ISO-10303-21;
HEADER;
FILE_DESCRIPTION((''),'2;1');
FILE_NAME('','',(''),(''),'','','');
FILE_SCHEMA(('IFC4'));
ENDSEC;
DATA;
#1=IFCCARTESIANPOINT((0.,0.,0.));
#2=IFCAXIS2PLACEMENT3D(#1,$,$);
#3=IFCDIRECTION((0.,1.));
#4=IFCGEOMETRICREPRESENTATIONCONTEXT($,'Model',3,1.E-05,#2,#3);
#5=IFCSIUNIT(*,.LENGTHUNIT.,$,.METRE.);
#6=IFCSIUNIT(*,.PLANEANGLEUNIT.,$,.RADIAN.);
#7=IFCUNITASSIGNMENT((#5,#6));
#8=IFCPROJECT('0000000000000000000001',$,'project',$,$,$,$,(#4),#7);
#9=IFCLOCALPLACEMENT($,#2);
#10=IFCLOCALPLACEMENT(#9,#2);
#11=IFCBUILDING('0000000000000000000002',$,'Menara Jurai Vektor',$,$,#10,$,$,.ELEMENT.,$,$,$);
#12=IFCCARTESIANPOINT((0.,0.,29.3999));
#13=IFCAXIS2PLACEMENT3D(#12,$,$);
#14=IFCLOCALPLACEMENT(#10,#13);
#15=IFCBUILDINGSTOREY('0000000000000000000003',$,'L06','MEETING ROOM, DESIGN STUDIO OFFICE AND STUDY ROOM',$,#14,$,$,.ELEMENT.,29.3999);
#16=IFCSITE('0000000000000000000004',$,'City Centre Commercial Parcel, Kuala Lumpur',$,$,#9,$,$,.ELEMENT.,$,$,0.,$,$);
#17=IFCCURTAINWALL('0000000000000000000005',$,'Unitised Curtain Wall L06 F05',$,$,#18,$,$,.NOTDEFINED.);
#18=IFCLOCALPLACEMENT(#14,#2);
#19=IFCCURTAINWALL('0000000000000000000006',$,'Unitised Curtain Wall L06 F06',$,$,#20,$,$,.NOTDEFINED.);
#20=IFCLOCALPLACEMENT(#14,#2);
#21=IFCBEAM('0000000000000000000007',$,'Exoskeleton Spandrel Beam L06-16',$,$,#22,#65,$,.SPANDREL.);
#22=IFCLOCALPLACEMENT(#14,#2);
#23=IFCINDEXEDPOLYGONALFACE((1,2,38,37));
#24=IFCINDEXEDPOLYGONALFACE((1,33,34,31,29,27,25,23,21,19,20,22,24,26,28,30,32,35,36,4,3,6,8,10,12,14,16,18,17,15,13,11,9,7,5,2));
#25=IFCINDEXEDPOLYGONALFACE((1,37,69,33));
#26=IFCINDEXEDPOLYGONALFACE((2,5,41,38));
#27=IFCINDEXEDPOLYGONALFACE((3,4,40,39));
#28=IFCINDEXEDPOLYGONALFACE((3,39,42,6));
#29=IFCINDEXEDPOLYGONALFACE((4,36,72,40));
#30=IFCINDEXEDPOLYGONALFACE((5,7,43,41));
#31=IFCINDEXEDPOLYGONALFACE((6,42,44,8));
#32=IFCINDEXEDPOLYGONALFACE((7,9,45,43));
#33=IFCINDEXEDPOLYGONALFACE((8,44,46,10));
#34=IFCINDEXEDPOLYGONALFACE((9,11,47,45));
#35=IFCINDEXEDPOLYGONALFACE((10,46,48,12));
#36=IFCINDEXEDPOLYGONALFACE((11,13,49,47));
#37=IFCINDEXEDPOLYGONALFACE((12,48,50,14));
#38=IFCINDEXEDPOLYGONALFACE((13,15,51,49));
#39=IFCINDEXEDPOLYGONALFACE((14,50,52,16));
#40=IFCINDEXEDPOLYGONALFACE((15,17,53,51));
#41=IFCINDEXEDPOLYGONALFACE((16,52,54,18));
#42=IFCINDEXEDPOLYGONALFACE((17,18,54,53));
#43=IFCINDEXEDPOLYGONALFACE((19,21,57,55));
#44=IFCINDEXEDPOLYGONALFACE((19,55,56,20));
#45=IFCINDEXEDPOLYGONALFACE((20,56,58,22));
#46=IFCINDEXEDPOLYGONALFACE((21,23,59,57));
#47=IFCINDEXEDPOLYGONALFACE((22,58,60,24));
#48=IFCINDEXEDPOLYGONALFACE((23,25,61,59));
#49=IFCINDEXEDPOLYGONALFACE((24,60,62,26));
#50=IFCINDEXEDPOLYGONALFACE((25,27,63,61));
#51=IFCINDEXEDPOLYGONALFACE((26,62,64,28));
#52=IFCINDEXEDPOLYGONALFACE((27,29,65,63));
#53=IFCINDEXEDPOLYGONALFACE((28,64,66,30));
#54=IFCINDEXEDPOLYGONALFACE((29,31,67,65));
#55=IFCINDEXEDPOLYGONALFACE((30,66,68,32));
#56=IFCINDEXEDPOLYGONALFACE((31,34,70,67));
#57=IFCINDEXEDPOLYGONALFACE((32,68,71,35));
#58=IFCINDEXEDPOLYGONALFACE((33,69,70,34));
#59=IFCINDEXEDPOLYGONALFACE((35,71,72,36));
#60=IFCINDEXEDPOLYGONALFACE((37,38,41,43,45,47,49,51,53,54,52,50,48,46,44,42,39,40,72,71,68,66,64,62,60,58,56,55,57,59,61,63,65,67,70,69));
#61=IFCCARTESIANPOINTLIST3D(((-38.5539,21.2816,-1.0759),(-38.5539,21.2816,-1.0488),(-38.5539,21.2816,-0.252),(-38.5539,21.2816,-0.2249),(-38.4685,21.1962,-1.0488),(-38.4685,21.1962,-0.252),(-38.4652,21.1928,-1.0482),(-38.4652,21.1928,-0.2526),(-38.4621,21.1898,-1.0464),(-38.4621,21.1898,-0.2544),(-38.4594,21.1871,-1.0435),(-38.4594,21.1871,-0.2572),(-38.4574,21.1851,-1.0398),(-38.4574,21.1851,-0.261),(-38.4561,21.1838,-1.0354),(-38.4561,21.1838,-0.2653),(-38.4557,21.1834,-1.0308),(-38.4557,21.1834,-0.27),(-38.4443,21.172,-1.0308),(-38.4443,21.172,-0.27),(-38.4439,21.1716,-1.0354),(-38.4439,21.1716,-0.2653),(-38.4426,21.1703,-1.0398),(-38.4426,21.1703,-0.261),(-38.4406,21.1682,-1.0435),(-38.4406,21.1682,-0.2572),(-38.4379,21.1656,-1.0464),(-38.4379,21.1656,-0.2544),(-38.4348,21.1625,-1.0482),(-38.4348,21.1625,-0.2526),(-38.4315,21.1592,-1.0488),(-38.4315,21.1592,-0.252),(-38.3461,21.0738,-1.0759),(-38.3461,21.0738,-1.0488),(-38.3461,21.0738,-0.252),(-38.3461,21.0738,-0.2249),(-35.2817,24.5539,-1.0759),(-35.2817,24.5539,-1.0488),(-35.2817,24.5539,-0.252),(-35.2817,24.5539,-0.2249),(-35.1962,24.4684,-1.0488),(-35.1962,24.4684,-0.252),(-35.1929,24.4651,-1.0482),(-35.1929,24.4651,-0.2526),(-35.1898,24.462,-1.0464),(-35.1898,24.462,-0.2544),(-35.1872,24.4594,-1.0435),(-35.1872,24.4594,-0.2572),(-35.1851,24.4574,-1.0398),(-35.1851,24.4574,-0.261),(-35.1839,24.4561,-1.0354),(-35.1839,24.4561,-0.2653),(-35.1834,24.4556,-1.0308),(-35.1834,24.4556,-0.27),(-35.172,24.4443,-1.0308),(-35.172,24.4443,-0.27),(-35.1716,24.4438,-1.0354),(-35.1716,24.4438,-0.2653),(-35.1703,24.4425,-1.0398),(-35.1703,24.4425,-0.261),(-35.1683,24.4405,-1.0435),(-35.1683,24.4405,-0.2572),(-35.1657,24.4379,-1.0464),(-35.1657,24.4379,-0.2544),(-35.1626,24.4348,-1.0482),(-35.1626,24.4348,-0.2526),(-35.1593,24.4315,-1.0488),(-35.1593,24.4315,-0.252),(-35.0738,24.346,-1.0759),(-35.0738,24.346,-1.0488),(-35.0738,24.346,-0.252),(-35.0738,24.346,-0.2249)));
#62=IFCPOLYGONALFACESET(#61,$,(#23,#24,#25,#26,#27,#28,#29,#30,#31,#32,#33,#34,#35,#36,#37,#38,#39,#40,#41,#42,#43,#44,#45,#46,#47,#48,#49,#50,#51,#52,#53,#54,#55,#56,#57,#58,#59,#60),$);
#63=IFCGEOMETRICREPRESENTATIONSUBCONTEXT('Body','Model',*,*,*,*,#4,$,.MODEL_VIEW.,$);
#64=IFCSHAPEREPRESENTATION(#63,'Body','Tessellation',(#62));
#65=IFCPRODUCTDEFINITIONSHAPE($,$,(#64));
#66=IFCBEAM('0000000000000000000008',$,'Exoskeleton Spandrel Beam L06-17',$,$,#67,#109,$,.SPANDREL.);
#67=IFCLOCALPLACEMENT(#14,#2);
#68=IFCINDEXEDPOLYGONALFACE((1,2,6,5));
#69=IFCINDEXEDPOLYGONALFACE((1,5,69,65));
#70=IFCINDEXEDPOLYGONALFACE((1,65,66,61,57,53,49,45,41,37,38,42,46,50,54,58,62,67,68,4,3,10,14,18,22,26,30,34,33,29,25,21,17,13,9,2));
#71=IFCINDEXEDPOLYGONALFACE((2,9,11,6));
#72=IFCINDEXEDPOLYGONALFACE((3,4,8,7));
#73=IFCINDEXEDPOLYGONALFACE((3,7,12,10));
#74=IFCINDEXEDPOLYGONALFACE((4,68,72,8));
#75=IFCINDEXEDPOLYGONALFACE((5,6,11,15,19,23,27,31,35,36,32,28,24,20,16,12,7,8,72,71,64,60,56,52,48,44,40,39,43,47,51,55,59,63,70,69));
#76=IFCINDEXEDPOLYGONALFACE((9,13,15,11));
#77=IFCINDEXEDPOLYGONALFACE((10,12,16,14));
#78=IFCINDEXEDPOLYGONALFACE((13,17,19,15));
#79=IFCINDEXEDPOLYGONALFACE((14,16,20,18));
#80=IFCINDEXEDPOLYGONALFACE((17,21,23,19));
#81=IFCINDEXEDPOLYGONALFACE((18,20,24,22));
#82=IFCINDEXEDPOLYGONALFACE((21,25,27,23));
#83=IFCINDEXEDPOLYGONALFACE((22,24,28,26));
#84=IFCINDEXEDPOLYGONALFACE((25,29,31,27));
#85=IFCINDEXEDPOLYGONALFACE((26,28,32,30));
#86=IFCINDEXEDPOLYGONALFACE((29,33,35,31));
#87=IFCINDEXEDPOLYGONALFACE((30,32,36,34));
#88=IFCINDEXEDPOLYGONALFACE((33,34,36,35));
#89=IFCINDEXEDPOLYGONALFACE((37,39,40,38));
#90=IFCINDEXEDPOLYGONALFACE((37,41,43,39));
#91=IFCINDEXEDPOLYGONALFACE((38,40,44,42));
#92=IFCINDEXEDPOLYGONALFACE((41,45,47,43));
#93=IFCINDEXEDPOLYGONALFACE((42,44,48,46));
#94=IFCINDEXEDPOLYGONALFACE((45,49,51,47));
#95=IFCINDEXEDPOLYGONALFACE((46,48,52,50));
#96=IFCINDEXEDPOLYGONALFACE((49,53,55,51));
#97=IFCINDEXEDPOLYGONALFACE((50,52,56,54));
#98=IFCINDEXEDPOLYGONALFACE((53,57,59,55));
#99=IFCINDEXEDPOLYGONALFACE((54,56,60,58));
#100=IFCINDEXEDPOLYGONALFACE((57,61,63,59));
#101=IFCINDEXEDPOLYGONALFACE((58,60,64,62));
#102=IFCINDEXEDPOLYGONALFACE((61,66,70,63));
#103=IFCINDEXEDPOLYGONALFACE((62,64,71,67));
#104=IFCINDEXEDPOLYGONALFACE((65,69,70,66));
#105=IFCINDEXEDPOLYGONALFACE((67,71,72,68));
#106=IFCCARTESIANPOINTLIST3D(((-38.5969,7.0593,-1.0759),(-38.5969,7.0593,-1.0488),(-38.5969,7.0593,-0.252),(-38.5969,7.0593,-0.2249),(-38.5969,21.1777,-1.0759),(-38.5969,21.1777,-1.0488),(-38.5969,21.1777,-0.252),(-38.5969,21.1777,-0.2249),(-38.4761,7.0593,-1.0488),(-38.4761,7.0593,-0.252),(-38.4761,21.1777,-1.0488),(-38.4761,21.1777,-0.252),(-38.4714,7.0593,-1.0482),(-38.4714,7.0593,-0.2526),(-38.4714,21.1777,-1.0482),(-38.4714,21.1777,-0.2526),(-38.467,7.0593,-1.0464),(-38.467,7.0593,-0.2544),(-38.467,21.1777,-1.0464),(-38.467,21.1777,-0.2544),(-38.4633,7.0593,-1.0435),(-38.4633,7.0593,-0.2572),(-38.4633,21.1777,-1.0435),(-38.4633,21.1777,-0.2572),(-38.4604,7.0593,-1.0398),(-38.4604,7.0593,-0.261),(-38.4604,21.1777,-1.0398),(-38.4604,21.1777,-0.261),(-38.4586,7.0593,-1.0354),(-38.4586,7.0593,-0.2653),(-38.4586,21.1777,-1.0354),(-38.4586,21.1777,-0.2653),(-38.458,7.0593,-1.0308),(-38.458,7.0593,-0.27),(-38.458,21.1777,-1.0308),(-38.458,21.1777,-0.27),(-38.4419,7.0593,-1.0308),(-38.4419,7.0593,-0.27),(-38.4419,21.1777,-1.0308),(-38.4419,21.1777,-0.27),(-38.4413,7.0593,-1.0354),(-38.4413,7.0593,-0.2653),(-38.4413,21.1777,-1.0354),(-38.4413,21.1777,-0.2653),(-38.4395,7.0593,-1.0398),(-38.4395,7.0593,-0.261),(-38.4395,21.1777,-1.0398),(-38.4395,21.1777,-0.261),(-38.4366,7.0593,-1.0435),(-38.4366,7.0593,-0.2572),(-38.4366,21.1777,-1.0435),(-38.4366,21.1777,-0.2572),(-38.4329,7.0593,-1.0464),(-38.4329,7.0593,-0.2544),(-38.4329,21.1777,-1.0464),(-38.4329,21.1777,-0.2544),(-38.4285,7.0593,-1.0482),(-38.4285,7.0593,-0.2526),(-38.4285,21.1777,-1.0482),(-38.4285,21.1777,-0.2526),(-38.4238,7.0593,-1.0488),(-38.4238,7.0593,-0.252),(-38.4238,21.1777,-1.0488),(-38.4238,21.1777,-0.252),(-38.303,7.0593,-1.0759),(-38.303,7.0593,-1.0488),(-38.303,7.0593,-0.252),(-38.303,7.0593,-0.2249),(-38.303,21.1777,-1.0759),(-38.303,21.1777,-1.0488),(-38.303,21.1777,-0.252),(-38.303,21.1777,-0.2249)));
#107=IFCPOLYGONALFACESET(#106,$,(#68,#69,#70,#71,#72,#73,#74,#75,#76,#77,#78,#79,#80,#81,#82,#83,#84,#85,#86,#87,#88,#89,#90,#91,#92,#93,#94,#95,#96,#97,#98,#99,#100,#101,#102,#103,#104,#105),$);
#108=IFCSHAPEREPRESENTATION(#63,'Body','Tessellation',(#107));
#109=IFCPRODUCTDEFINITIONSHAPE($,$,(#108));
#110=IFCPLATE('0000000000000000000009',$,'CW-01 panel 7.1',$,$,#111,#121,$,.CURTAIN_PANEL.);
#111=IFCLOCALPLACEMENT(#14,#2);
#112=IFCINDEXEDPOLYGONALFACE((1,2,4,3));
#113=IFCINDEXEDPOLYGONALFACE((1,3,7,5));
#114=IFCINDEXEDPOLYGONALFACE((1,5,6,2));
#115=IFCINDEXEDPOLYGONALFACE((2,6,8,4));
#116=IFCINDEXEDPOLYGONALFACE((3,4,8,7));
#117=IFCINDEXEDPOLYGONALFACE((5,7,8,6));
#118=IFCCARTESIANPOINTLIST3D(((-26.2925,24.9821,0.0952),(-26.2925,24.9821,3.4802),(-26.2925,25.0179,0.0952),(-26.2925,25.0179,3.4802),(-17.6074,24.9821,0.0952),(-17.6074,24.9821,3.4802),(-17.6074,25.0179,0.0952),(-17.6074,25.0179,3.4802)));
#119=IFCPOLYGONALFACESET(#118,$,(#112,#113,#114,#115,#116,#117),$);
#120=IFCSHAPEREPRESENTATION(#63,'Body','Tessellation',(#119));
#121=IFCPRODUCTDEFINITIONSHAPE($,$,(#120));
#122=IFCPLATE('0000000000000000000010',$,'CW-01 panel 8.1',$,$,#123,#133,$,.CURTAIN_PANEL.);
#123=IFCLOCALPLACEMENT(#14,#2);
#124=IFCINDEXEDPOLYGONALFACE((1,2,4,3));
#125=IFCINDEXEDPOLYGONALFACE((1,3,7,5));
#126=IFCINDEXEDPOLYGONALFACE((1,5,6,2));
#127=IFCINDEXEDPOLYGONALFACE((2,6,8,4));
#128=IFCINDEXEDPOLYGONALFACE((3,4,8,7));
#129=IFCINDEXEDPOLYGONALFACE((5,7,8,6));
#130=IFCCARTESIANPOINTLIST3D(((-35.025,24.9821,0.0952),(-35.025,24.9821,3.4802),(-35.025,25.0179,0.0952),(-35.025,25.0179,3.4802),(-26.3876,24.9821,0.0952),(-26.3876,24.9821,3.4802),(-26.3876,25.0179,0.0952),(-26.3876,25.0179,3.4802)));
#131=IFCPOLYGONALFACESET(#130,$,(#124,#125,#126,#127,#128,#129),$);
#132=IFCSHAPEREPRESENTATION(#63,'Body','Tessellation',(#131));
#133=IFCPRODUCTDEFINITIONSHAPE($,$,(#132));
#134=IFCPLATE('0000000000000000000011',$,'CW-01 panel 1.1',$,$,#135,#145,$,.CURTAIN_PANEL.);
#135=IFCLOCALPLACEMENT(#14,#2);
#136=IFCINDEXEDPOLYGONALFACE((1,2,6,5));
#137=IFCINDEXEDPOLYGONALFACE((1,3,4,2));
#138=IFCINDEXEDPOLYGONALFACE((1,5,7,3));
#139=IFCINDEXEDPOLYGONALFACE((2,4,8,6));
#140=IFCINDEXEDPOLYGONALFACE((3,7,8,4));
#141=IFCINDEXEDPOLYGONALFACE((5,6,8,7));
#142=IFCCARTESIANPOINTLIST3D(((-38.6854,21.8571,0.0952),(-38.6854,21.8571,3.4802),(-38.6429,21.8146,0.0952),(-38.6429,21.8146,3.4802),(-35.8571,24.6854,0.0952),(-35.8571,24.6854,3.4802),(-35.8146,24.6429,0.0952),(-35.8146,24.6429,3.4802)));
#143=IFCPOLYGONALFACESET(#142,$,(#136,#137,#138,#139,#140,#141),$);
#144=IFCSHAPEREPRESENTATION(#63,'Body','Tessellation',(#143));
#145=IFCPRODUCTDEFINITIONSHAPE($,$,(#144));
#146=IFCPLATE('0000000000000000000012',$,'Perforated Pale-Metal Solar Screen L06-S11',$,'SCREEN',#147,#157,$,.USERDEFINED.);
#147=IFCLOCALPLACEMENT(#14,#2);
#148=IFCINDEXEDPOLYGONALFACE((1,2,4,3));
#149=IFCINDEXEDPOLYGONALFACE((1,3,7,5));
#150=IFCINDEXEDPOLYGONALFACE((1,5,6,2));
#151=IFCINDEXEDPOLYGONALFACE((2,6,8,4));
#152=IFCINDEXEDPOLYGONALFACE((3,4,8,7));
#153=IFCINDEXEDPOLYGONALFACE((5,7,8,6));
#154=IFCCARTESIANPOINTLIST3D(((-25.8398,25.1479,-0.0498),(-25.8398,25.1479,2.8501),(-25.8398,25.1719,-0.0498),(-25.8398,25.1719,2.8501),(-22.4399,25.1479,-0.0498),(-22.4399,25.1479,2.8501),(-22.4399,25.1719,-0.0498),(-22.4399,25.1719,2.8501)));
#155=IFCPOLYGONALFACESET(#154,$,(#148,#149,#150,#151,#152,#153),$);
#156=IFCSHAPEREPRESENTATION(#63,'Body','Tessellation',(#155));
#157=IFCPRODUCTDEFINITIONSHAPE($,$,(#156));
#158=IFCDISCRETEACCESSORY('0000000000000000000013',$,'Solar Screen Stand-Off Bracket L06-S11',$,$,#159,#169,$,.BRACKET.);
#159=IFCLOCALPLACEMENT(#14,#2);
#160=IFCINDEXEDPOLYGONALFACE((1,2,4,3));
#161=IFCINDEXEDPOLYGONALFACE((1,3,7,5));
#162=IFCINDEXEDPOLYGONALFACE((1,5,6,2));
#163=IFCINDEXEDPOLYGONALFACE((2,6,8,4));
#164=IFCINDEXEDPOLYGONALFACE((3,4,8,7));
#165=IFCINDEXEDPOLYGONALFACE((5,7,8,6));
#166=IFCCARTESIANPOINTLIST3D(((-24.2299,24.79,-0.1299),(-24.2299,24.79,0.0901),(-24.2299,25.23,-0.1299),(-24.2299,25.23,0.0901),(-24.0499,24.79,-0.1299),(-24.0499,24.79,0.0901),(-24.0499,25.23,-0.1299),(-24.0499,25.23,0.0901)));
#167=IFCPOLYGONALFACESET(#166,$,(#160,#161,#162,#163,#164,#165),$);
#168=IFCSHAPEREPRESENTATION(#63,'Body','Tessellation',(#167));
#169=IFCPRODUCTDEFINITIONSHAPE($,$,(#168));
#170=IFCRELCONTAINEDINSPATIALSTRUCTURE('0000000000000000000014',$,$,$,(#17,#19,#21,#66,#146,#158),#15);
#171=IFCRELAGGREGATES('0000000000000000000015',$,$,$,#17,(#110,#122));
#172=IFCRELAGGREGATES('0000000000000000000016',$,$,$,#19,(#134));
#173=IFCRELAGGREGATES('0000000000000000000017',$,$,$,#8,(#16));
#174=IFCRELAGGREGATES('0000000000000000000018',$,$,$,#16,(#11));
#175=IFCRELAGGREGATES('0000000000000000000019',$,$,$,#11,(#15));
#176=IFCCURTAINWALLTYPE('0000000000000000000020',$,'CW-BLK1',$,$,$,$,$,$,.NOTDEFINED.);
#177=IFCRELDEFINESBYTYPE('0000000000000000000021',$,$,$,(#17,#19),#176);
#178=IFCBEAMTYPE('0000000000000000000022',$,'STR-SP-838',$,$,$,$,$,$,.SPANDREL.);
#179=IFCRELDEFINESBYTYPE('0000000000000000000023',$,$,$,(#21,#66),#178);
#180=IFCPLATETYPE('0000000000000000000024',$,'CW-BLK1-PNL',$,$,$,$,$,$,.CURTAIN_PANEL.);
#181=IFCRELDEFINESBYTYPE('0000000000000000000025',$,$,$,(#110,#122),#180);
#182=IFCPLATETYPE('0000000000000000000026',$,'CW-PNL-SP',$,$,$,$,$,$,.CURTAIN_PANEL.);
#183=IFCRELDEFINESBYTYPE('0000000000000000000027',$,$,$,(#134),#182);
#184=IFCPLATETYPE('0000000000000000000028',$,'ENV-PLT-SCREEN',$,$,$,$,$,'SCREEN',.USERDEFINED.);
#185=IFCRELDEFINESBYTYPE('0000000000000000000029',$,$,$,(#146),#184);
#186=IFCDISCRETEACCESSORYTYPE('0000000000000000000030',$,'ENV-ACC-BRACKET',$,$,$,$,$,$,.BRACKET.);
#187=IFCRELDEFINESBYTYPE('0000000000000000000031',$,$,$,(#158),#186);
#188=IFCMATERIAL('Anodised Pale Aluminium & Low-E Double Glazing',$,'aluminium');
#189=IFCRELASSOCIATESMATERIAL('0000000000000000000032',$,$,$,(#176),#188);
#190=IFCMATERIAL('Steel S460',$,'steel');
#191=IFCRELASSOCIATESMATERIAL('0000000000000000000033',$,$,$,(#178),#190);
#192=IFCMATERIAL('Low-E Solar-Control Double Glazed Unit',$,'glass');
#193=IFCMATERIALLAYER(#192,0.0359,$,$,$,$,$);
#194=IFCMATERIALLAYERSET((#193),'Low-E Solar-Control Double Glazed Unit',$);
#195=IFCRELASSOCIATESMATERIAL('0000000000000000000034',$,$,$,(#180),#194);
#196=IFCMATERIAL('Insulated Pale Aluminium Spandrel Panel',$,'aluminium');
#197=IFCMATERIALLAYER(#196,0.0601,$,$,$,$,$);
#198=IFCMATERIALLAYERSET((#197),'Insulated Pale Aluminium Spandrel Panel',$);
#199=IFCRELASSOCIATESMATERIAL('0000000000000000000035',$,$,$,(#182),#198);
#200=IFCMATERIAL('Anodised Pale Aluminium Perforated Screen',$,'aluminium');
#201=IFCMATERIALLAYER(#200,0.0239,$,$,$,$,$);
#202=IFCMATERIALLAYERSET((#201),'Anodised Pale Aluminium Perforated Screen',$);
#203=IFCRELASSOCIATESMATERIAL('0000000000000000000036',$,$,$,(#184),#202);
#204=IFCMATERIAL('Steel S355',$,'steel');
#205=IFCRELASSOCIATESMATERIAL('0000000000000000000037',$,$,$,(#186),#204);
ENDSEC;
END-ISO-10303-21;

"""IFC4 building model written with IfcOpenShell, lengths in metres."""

from ifc_helpers import new_model, si_unit, direction, frame, origin, origin_2d, place, context, subcontext, project, spatial, rectangle, i_section, extrude, material, layer, layer_set, material_profile, profile_set, type_object, element, aggregate, save


model = new_model("IFC4")

# Units and contexts
model_context = context("Model", 3, precision=1e-05, world=origin(), true_north=direction((0.0, 1.0)))
body_context = subcontext(model_context, "Body", "Model", "MODEL_VIEW")
ifc_project = project(units=[si_unit("LENGTHUNIT", "METRE"), si_unit("PLANEANGLEUNIT", "RADIAN")], contexts=[model_context])

# Site, building, storey
site_placement = place(None, origin())
site = spatial("IfcSite", under=ifc_project, at=site_placement, Name="City Centre Commercial Parcel, Kuala Lumpur", CompositionType="ELEMENT", RefElevation=0.0)
building_placement = place(site_placement, origin())
building = spatial("IfcBuilding", under=site, at=building_placement, Name="Menara Jurai Vektor", CompositionType="ELEMENT")
storey_placement = place(building_placement, frame((0.0, 0.0, 29.3999)))
storey = spatial("IfcBuildingStorey", under=building, at=storey_placement, Name="L06", Description="MEETING ROOM, DESIGN STUDIO OFFICE AND STUDY ROOM", CompositionType="ELEMENT", Elevation=29.3999)

# Shared definitions
ifc_material_1 = material(Name="Steel S460", Category="steel")

# Curtain walls
ifc_material_2 = material(Name="Anodised Pale Aluminium & Low-E Double Glazing", Category="aluminium")
curtain_wall_type = type_object("IfcCurtainWallType", Name="CW-BLK1", PredefinedType="NOTDEFINED", material=ifc_material_2)
curtain_wall_1_placement = place(storey_placement, origin())
curtain_wall_1 = element("IfcCurtainWall", 1, at=curtain_wall_1_placement, inside=storey, type_object=curtain_wall_type, Name="Unitised Curtain Wall L06 F05", PredefinedType="NOTDEFINED")
curtain_wall_2_placement = place(storey_placement, origin())
curtain_wall_2 = element("IfcCurtainWall", 2, at=curtain_wall_2_placement, inside=storey, type_object=curtain_wall_type, Name="Unitised Curtain Wall L06 F06", PredefinedType="NOTDEFINED")

# Shared definitions
ifc_material_3 = material(Name="Steel S355", Category="steel")

# Beams
ifc_material_profile_1 = material_profile(ifc_material_1, i_section(OverallWidth=0.2939, OverallDepth=0.8511, WebThickness=0.0161, FlangeThickness=0.0271, FilletRadius=0.0181, at=origin_2d()), Name="UKB 838x292x226")
ifc_profile_set_1 = profile_set([ifc_material_profile_1], Name="Steel S460")
beam_type_1 = type_object("IfcBeamType", Name="STR-SP-838", PredefinedType="SPANDREL", material=ifc_profile_set_1)
beam_1_placement = place(storey_placement, frame((-35.1777, 24.45, -0.6504), z_axis=(-0.707107, -0.707107, 0.0), x_axis=(0.707107, -0.707107, 0.0)))
element("IfcBeam", 3, at=beam_1_placement, inside=storey, type_object=beam_type_1, Name="Exoskeleton Spandrel Beam L06-16", PredefinedType="SPANDREL", context=body_context, shape_type="SweptSolid", body=[
    extrude(i_section(OverallWidth=0.2939, OverallDepth=0.8511, WebThickness=0.0161, FlangeThickness=0.0271, FilletRadius=0.0181, at=origin_2d()), origin(), (0.0, 0.0, 1.0), 4.6277),
])
beam_2_placement = place(storey_placement, frame((-38.45, 21.1777, -0.6504), z_axis=(0.0, -1.0, 0.0), x_axis=(1.0, 0.0, 0.0)))
element("IfcBeam", 4, at=beam_2_placement, inside=storey, type_object=beam_type_1, Name="Exoskeleton Spandrel Beam L06-17", PredefinedType="SPANDREL", context=body_context, shape_type="SweptSolid", body=[
    extrude(i_section(OverallWidth=0.2939, OverallDepth=0.8511, WebThickness=0.0161, FlangeThickness=0.0271, FilletRadius=0.0181, at=origin_2d()), origin(), (0.0, 0.0, 1.0), 14.1184),
])

# Plates
ifc_material_4 = material(Name="Low-E Solar-Control Double Glazed Unit", Category="glass")
ifc_layer_1 = layer(ifc_material_4, 0.0359)
ifc_layer_set_1 = layer_set([ifc_layer_1], Name="Low-E Solar-Control Double Glazed Unit")
plate_type_1 = type_object("IfcPlateType", Name="CW-BLK1-PNL", PredefinedType="CURTAIN_PANEL", material=ifc_layer_set_1)
plate_1_placement = place(storey_placement, frame((-21.95, 25.0, 0.0952), z_axis=(0.0, 0.0, 1.0), x_axis=(-1.0, 0.0, 0.0)))
plate_1 = element("IfcPlate", 5, at=plate_1_placement, type_object=plate_type_1, Name="CW-01 panel 7.1", PredefinedType="CURTAIN_PANEL", context=body_context, shape_type="SweptSolid", body=[
    extrude(rectangle(XDim=8.6851, YDim=0.0359, at=origin_2d()), origin(), (0.0, 0.0, 1.0), 3.385),
])
plate_2_placement = place(storey_placement, frame((-30.7063, 25.0, 0.0952), z_axis=(0.0, 0.0, 1.0), x_axis=(-1.0, 0.0, 0.0)))
plate_2 = element("IfcPlate", 6, at=plate_2_placement, type_object=plate_type_1, Name="CW-01 panel 8.1", PredefinedType="CURTAIN_PANEL", context=body_context, shape_type="SweptSolid", body=[
    extrude(rectangle(XDim=8.6375, YDim=0.0359, at=origin_2d()), origin(), (0.0, 0.0, 1.0), 3.385),
])
aggregate(curtain_wall_1, [plate_1, plate_2])
ifc_material_5 = material(Name="Insulated Pale Aluminium Spandrel Panel", Category="aluminium")
ifc_layer_2 = layer(ifc_material_5, 0.0601)
ifc_layer_set_2 = layer_set([ifc_layer_2], Name="Insulated Pale Aluminium Spandrel Panel")
plate_type_2 = type_object("IfcPlateType", Name="CW-PNL-SP", PredefinedType="CURTAIN_PANEL", material=ifc_layer_set_2)
plate_3_placement = place(storey_placement, frame((-37.25, 23.25, 0.0952), z_axis=(0.0, 0.0, 1.0), x_axis=(-0.707107, -0.707107, 0.0)))
plate_3 = element("IfcPlate", 7, at=plate_3_placement, type_object=plate_type_2, Name="CW-01 panel 1.1", PredefinedType="CURTAIN_PANEL", context=body_context, shape_type="SweptSolid", body=[
    extrude(rectangle(XDim=3.9998, YDim=0.0601, at=origin_2d()), origin(), (0.0, 0.0, 1.0), 3.385),
])
aggregate(curtain_wall_2, [plate_3])
ifc_material_6 = material(Name="Anodised Pale Aluminium Perforated Screen", Category="aluminium")
ifc_layer_3 = layer(ifc_material_6, 0.0239)
ifc_layer_set_3 = layer_set([ifc_layer_3], Name="Anodised Pale Aluminium Perforated Screen")
plate_type_3 = type_object("IfcPlateType", Name="ENV-PLT-SCREEN", ElementType="SCREEN", PredefinedType="USERDEFINED", material=ifc_layer_set_3)
plate_4_placement = place(storey_placement, frame((-24.1399, 25.1599, -0.0498), z_axis=(0.0, 0.0, 1.0), x_axis=(-1.0, 0.0, 0.0)))
element("IfcPlate", 8, at=plate_4_placement, inside=storey, type_object=plate_type_3, Name="Perforated Pale-Metal Solar Screen L06-S11", ObjectType="SCREEN", PredefinedType="USERDEFINED", context=body_context, shape_type="SweptSolid", body=[
    extrude(rectangle(XDim=3.3999, YDim=0.0239, at=origin_2d()), origin(), (0.0, 0.0, 1.0), 2.8999),
])

# Discrete accessory
discrete_accessory_type = type_object("IfcDiscreteAccessoryType", Name="ENV-ACC-BRACKET", PredefinedType="BRACKET", material=ifc_material_3)
discrete_accessory_placement = place(storey_placement, frame((-24.1399, 25.01, -0.1299), z_axis=(0.0, 0.0, 1.0), x_axis=(-1.0, 0.0, 0.0)))
element("IfcDiscreteAccessory", 9, at=discrete_accessory_placement, inside=storey, type_object=discrete_accessory_type, Name="Solar Screen Stand-Off Bracket L06-S11", PredefinedType="BRACKET", context=body_context, shape_type="SweptSolid", body=[
    extrude(rectangle(XDim=0.1799, YDim=0.4399, at=origin_2d()), origin(), (0.0, 0.0, 1.0), 0.22),
])

save(model, "model.ifc")
